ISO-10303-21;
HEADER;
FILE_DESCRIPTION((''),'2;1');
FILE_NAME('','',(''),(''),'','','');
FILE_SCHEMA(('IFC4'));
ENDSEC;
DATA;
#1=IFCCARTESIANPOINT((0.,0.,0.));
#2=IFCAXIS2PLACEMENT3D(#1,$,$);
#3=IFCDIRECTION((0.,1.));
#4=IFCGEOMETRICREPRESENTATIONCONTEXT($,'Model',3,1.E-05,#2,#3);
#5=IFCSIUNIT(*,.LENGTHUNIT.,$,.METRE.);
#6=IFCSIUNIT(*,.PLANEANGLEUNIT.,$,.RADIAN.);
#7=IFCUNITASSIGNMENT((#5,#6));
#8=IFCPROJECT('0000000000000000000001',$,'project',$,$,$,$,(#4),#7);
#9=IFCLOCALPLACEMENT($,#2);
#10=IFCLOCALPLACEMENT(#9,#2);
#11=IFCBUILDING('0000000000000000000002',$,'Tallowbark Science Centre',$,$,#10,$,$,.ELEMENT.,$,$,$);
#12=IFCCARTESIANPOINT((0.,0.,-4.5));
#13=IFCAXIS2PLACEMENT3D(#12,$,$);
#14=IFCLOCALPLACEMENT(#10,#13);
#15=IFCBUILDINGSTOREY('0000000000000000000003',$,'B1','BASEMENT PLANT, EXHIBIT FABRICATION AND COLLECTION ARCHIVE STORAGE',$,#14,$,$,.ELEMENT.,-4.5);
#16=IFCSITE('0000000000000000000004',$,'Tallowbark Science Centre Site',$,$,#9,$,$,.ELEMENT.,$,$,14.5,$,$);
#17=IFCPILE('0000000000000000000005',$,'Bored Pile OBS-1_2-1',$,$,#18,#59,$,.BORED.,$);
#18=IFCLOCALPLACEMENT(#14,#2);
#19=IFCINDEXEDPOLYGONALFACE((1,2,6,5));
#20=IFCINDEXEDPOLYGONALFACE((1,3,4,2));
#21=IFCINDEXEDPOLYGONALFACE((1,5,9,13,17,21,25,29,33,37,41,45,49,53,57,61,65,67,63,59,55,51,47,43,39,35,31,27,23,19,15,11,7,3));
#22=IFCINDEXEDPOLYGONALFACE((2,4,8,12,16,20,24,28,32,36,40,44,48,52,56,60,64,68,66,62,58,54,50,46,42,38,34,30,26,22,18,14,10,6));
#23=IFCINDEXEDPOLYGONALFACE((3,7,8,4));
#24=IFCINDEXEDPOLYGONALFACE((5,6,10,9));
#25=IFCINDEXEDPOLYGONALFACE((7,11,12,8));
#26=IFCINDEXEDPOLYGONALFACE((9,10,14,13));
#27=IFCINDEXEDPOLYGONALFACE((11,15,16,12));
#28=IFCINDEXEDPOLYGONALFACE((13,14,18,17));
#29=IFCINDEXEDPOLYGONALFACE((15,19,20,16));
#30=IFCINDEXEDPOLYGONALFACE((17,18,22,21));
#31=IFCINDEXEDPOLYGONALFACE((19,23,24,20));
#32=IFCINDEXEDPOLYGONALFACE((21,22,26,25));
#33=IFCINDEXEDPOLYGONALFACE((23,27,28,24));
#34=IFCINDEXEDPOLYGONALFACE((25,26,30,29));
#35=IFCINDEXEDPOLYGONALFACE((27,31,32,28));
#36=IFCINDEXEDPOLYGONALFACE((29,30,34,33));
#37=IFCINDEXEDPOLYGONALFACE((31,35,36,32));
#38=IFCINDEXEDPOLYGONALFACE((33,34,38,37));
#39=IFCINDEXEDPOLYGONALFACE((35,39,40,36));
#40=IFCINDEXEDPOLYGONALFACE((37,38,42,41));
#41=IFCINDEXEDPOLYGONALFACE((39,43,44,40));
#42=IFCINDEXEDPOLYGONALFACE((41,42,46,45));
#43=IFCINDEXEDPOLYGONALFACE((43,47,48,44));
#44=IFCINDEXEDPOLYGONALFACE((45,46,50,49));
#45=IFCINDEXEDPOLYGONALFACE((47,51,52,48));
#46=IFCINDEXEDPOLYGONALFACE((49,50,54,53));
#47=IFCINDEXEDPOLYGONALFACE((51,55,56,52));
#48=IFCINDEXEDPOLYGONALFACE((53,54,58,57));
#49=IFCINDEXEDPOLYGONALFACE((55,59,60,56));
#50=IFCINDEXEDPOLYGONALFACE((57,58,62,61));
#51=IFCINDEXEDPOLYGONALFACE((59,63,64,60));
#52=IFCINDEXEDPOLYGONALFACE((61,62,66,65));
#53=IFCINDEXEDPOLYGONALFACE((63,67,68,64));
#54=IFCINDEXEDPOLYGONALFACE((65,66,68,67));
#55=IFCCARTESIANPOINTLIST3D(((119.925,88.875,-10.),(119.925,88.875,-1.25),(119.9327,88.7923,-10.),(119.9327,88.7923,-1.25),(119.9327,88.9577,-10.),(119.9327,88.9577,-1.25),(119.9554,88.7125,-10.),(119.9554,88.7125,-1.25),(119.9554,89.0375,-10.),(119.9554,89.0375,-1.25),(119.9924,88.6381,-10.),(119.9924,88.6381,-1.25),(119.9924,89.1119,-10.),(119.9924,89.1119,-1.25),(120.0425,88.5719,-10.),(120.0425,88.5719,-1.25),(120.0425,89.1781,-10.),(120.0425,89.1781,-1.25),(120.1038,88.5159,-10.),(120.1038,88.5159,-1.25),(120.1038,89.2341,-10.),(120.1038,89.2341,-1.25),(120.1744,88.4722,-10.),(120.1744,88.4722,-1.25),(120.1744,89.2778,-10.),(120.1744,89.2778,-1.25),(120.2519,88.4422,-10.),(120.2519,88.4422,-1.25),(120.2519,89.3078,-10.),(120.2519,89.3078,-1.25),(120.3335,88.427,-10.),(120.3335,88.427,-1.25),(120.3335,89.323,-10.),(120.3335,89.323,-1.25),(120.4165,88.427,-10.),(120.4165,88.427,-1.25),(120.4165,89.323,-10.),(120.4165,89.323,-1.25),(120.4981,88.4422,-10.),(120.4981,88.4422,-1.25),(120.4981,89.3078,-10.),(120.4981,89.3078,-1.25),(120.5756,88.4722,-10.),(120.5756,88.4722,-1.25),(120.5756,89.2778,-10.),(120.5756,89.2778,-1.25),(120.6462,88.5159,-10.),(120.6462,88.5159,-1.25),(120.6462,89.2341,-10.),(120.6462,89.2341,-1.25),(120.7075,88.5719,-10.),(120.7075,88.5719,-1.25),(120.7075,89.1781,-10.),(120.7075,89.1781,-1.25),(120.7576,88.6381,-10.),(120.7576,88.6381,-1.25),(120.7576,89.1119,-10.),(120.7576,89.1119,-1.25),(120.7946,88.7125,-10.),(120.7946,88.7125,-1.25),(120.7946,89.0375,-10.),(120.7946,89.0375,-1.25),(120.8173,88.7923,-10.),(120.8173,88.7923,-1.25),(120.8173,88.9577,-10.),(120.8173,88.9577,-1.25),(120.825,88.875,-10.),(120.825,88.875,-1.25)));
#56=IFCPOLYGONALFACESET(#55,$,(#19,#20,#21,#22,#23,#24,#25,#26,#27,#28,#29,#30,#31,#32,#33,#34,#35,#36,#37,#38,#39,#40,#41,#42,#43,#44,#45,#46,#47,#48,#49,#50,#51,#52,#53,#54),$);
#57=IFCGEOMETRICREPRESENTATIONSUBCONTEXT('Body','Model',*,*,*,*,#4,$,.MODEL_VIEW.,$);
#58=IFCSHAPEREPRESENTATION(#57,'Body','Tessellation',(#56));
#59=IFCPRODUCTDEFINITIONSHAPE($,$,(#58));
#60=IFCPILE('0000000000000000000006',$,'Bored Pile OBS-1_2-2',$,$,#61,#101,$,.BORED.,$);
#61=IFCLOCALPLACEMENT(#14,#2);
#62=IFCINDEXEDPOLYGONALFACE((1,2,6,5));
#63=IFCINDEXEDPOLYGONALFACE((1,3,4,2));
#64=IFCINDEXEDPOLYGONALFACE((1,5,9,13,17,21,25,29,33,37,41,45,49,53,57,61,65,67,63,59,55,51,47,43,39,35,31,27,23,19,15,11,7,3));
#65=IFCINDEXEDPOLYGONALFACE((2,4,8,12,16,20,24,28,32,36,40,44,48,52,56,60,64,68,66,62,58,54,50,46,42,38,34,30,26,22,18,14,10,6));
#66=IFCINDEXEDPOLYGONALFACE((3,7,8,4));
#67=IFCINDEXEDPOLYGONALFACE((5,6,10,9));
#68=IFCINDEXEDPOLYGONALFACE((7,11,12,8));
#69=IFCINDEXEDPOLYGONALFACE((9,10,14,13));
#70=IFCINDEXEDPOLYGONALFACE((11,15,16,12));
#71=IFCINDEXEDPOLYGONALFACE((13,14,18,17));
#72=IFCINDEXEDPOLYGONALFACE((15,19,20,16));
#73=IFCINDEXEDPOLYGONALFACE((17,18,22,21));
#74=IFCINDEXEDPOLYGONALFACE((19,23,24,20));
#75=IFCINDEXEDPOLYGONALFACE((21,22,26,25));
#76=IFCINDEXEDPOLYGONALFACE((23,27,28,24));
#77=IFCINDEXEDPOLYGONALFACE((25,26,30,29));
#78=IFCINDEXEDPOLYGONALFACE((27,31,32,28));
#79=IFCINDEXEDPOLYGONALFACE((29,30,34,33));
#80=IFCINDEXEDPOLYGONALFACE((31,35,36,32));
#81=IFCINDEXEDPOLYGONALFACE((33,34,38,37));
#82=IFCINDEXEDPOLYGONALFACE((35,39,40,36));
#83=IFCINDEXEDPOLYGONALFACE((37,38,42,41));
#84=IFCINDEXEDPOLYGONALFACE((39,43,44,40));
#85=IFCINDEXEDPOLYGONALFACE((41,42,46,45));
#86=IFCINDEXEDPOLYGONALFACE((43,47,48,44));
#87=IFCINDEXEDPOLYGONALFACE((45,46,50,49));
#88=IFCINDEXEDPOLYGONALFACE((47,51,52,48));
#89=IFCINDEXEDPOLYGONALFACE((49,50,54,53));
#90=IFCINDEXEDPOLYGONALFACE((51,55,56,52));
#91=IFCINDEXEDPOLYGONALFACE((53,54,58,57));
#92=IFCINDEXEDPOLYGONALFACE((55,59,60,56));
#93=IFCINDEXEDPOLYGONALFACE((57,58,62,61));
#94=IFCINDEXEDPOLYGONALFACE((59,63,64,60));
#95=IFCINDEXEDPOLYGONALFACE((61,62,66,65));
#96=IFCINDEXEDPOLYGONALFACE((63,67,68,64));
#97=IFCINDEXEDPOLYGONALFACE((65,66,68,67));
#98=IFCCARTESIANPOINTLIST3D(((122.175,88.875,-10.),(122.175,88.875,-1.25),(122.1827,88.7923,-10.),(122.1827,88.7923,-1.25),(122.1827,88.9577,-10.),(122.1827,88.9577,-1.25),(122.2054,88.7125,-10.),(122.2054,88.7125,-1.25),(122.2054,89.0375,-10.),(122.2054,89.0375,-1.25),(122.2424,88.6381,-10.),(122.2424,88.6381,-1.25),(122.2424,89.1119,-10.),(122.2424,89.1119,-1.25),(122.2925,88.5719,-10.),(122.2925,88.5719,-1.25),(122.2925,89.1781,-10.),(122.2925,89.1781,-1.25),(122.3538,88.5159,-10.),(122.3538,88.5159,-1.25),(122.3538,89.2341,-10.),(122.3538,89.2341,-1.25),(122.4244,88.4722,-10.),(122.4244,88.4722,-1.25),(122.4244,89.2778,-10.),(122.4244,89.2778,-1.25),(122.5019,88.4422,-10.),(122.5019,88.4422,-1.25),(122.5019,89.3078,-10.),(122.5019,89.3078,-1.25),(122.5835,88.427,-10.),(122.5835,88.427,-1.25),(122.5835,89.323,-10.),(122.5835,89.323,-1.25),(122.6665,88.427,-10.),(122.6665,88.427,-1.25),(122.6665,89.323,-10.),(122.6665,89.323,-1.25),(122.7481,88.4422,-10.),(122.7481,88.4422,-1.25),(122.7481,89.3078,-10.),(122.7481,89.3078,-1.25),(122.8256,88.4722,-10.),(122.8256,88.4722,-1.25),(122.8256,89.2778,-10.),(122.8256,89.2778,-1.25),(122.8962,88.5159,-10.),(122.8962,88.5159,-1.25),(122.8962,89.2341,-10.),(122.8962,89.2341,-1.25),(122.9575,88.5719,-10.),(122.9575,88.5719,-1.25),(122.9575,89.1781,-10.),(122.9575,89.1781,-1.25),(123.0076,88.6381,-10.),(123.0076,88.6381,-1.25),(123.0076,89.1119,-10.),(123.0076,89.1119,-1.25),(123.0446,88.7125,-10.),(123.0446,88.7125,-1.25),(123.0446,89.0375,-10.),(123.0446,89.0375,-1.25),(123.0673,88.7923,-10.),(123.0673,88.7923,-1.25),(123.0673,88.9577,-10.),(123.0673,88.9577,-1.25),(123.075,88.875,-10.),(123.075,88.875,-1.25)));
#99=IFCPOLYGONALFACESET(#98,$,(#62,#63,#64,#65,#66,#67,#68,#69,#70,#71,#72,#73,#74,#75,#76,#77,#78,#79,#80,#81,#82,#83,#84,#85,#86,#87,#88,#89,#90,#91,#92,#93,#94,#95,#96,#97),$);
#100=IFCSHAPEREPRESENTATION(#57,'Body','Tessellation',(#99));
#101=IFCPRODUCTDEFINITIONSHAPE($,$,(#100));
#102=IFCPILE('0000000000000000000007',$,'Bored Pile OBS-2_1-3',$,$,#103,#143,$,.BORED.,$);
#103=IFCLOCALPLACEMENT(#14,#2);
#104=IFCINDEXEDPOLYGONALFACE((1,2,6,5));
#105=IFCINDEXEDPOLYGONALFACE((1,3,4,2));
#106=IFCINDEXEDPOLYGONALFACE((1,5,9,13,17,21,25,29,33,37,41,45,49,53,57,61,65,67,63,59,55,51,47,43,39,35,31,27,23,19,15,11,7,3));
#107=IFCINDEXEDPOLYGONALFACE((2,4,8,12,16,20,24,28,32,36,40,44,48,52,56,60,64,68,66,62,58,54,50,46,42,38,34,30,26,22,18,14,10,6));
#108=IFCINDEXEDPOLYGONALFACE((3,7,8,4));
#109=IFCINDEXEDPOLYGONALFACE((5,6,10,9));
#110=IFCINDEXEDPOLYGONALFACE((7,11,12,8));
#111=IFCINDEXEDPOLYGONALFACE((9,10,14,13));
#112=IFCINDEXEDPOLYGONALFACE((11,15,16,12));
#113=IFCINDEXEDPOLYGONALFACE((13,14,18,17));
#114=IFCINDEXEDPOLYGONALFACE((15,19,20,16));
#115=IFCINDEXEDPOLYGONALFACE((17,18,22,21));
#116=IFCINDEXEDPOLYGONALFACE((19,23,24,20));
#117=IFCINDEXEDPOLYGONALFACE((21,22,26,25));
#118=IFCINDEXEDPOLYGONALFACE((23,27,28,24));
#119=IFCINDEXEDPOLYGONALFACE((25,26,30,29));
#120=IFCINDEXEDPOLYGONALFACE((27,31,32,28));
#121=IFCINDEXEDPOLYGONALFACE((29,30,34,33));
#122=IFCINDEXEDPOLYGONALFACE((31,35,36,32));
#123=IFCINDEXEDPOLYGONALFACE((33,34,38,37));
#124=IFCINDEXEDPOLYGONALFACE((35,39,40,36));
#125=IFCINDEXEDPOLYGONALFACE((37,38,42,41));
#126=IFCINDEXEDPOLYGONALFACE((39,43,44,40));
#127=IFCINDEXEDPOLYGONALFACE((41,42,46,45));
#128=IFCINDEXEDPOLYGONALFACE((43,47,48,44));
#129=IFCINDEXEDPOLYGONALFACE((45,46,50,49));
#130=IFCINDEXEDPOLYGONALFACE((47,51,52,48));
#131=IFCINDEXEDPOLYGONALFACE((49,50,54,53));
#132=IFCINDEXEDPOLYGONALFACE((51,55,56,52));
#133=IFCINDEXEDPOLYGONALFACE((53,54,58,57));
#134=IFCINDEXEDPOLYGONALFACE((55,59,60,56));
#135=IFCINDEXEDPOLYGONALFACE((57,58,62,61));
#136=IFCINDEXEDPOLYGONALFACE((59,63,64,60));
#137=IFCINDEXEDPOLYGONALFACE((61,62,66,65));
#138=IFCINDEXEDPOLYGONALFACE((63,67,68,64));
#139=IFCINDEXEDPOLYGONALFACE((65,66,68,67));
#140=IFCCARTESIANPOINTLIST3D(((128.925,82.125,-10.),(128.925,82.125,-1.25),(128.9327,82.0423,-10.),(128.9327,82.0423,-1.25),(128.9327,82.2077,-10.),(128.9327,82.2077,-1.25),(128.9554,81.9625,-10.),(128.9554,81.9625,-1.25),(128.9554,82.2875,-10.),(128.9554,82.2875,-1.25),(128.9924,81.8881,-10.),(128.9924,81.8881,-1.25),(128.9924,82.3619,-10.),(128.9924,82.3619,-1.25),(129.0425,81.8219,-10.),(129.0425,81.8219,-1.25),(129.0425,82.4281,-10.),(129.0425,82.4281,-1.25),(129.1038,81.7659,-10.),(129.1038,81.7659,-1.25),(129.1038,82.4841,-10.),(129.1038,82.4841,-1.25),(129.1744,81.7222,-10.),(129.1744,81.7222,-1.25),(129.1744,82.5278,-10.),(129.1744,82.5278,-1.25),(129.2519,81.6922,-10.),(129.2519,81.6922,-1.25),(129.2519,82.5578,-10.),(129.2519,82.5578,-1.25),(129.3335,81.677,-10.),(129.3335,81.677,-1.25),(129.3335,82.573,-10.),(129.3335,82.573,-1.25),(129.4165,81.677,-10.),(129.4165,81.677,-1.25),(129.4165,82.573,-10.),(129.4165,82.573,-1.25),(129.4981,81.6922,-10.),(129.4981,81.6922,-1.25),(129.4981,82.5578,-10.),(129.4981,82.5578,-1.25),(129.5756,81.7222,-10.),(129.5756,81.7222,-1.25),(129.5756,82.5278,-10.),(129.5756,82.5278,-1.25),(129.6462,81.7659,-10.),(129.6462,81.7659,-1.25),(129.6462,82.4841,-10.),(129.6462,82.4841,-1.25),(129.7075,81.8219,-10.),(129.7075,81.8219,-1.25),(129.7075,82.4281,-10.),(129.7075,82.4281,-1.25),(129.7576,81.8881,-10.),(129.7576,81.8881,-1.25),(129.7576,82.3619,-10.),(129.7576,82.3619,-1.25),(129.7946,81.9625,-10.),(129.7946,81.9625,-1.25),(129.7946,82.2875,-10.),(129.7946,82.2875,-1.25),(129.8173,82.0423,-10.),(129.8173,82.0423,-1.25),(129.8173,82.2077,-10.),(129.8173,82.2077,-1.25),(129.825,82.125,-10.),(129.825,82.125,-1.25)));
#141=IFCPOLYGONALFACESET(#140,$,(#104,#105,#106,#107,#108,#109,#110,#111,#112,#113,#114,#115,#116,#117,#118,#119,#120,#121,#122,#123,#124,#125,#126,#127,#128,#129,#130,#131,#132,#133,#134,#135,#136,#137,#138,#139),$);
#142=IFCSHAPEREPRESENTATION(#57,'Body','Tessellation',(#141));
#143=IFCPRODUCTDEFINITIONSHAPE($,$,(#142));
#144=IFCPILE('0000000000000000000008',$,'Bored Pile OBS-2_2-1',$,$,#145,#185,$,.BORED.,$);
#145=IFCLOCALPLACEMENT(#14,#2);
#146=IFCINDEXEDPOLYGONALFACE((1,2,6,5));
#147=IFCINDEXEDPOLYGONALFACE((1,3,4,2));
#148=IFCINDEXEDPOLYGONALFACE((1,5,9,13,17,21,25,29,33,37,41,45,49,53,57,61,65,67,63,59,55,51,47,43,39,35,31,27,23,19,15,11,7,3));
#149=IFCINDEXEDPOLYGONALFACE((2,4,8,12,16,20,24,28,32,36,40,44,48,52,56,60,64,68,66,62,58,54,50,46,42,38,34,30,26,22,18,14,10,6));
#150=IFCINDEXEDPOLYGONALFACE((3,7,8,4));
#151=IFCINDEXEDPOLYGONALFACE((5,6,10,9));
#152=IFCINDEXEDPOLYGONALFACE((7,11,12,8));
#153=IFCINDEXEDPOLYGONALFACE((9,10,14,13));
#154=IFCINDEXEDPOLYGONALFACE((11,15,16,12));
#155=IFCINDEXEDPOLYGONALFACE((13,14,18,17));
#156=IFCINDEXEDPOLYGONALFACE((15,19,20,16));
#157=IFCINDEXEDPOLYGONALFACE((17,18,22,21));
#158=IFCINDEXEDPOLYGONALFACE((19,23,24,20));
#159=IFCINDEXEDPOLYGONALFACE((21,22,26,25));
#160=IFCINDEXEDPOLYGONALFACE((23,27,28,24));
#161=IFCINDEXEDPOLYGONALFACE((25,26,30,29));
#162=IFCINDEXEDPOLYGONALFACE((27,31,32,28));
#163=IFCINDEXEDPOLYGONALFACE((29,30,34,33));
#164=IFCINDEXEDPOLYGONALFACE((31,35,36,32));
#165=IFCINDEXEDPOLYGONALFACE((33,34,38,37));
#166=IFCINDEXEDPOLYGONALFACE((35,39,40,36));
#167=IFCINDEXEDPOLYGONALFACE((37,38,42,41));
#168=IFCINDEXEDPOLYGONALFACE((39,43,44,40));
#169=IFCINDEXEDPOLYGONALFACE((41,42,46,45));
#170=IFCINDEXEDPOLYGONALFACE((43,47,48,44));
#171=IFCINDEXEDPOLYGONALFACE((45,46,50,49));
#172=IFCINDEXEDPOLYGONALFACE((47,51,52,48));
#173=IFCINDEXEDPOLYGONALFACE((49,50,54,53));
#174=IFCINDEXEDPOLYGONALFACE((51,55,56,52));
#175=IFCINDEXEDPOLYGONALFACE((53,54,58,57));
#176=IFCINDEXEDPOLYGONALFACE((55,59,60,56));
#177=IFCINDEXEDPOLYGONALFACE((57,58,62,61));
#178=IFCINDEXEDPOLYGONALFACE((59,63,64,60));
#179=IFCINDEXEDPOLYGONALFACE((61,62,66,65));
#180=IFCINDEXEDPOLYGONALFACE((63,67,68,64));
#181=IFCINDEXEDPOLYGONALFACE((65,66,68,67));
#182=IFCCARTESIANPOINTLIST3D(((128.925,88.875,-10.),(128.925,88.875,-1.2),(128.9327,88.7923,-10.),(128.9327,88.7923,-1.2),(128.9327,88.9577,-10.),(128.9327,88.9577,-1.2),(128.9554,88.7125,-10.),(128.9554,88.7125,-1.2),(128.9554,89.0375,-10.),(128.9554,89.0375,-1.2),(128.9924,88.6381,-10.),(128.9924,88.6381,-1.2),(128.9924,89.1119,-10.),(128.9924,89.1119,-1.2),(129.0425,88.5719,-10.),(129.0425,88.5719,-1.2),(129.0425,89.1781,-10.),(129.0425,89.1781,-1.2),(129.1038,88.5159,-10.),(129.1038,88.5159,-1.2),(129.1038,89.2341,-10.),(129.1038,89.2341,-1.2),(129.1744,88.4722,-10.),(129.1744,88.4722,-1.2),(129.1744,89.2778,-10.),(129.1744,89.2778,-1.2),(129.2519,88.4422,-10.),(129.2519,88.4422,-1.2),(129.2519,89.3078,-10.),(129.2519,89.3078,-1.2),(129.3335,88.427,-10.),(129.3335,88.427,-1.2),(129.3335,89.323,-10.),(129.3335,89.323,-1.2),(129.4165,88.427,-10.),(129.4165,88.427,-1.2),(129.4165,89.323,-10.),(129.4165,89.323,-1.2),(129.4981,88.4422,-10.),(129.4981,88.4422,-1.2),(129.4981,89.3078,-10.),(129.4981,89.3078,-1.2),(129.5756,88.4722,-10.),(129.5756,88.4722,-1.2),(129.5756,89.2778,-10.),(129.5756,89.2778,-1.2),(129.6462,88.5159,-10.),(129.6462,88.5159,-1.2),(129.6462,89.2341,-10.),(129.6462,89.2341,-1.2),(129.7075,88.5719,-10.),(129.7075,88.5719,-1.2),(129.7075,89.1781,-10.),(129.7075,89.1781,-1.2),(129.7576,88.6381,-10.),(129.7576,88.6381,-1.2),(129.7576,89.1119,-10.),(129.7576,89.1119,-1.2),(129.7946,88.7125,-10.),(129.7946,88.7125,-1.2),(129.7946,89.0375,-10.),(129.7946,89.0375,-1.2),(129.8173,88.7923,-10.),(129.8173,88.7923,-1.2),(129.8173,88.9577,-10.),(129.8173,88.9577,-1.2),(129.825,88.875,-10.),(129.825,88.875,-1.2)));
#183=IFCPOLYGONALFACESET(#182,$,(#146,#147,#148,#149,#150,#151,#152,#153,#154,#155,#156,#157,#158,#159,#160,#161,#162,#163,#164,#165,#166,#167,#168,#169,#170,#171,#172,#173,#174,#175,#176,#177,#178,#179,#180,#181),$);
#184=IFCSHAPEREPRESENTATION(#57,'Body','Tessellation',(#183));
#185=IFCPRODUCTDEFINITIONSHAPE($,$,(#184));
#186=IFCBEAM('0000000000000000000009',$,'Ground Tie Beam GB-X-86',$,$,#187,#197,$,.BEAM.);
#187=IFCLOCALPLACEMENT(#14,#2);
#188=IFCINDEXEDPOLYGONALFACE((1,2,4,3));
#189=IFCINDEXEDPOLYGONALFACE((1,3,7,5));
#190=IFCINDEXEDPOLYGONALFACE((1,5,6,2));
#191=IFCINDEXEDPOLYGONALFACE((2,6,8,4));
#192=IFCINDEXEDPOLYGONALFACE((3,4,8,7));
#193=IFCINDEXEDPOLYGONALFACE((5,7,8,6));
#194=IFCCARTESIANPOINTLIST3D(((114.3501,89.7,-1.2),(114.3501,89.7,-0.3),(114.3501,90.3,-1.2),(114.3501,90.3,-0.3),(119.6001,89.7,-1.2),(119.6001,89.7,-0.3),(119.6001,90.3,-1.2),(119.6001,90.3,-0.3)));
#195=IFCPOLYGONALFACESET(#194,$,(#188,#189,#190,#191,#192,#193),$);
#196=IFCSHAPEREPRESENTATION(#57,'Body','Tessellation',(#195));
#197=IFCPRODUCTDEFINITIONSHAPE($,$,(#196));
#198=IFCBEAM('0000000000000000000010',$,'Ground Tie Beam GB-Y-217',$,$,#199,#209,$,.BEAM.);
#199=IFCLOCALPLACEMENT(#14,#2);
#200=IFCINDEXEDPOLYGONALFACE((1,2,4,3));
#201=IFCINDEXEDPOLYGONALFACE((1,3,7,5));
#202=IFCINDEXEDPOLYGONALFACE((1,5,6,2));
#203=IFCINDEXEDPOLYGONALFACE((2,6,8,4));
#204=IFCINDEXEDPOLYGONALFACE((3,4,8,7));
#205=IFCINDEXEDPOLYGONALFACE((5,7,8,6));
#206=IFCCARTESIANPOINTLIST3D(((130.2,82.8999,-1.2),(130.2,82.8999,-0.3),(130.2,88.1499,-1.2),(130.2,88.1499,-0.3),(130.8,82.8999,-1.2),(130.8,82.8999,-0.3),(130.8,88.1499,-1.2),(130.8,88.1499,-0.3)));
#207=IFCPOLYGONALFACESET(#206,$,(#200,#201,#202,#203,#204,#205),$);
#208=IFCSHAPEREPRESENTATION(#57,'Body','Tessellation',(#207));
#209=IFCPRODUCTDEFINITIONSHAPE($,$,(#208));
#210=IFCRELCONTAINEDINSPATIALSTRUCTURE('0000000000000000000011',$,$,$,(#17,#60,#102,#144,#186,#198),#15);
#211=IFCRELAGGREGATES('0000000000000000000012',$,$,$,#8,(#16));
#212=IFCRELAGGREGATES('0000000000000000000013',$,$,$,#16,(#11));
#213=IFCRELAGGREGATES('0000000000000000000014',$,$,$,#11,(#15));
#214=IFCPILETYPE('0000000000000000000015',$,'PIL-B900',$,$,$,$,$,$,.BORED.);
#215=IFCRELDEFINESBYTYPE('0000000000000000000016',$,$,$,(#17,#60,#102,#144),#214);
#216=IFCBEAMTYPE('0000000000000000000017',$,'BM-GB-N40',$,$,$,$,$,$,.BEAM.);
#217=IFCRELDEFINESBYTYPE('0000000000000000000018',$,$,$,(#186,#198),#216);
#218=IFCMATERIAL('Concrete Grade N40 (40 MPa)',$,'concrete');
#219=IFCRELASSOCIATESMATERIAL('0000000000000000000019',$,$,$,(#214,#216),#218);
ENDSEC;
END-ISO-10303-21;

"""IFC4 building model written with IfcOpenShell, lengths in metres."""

from ifc_helpers import new_model, si_unit, direction, frame, origin, origin_2d, place, context, subcontext, project, spatial, rectangle, circle, extrude, material, material_profile, profile_set, type_object, element, save


model = new_model("IFC4")

# Units and contexts
model_context = context("Model", 3, precision=1e-05, world=origin(), true_north=direction((0.0, 1.0)))
body_context = subcontext(model_context, "Body", "Model", "MODEL_VIEW")
ifc_project = project(units=[si_unit("LENGTHUNIT", "METRE"), si_unit("PLANEANGLEUNIT", "RADIAN")], contexts=[model_context])

# Site, building, storey
site_placement = place(None, origin())
site = spatial("IfcSite", under=ifc_project, at=site_placement, Name="Tallowbark Science Centre Site", CompositionType="ELEMENT", RefElevation=14.5)
building_placement = place(site_placement, origin())
building = spatial("IfcBuilding", under=site, at=building_placement, Name="Tallowbark Science Centre", CompositionType="ELEMENT")
storey_placement = place(building_placement, frame((0.0, 0.0, -4.5)))
storey = spatial("IfcBuildingStorey", under=building, at=storey_placement, Name="B1", Description="BASEMENT PLANT, EXHIBIT FABRICATION AND COLLECTION ARCHIVE STORAGE", CompositionType="ELEMENT", Elevation=-4.5)

# Shared definitions
ifc_material_1 = material(Name="Concrete Grade N40 (40 MPa)", Category="concrete")

# Piles
ifc_material_profile_1 = material_profile(ifc_material_1, circle(Radius=0.45, at=origin_2d()), Name="PILE900")
ifc_profile_set_1 = profile_set([ifc_material_profile_1], Name="Concrete Grade N40 (40 MPa)")
pile_type_1 = type_object("IfcPileType", Name="PIL-B900", PredefinedType="BORED", material=ifc_profile_set_1)
for number, where, z_axis, x_axis, name in (
    (1, (120.375, 88.875, -1.25), (0.0, 0.0, -1.0), (1.0, 0.0, 0.0), "Bored Pile OBS-1_2-1"),
    (2, (122.625, 88.875, -1.25), (0.0, 0.0, -1.0), (1.0, 0.0, 0.0), "Bored Pile OBS-1_2-2"),
    (3, (129.375, 82.125, -1.25), (0.0, 0.0, -1.0), (1.0, 0.0, 0.0), "Bored Pile OBS-2_1-3"),
):
    element("IfcPile", number, at=place(storey_placement, frame(where, z_axis=z_axis, x_axis=x_axis)), inside=storey, type_object=pile_type_1, Name=name, PredefinedType="BORED", context=body_context, shape_type="SweptSolid", body=[
        extrude(circle(Radius=0.45, at=origin_2d()), origin(), (0.0, 0.0, 1.0), 8.75),
    ])
pile_1_placement = place(storey_placement, frame((129.375, 88.875, -1.2), z_axis=(0.0, 0.0, -1.0), x_axis=(1.0, 0.0, 0.0)))
element("IfcPile", 4, at=pile_1_placement, inside=storey, type_object=pile_type_1, Name="Bored Pile OBS-2_2-1", PredefinedType="BORED", context=body_context, shape_type="SweptSolid", body=[
    extrude(circle(Radius=0.45, at=origin_2d()), origin(), (0.0, 0.0, 1.0), 8.8),
])

# Beams
ifc_material_profile_2 = material_profile(ifc_material_1, rectangle(XDim=0.6001, YDim=0.8999, at=origin_2d()), Name="RC600x900")
ifc_profile_set_2 = profile_set([ifc_material_profile_2], Name="Concrete Grade N40 (40 MPa)")
beam_type = type_object("IfcBeamType", Name="BM-GB-N40", PredefinedType="BEAM", material=ifc_profile_set_2)
for number, where, z_axis, x_axis, name in (
    (5, (114.3501, 90.0, -0.75), (1.0, 0.0, 0.0), (0.0, 1.0, 0.0), "Ground Tie Beam GB-X-86"),
    (6, (130.5, 82.8999, -0.75), (0.0, 1.0, 0.0), (-1.0, 0.0, 0.0), "Ground Tie Beam GB-Y-217"),
):
    element("IfcBeam", number, at=place(storey_placement, frame(where, z_axis=z_axis, x_axis=x_axis)), inside=storey, type_object=beam_type, Name=name, PredefinedType="BEAM", context=body_context, shape_type="SweptSolid", body=[
        extrude(rectangle(XDim=0.6001, YDim=0.8999, at=origin_2d()), origin(), (0.0, 0.0, 1.0), 5.25),
    ])

save(model, "model.ifc")
